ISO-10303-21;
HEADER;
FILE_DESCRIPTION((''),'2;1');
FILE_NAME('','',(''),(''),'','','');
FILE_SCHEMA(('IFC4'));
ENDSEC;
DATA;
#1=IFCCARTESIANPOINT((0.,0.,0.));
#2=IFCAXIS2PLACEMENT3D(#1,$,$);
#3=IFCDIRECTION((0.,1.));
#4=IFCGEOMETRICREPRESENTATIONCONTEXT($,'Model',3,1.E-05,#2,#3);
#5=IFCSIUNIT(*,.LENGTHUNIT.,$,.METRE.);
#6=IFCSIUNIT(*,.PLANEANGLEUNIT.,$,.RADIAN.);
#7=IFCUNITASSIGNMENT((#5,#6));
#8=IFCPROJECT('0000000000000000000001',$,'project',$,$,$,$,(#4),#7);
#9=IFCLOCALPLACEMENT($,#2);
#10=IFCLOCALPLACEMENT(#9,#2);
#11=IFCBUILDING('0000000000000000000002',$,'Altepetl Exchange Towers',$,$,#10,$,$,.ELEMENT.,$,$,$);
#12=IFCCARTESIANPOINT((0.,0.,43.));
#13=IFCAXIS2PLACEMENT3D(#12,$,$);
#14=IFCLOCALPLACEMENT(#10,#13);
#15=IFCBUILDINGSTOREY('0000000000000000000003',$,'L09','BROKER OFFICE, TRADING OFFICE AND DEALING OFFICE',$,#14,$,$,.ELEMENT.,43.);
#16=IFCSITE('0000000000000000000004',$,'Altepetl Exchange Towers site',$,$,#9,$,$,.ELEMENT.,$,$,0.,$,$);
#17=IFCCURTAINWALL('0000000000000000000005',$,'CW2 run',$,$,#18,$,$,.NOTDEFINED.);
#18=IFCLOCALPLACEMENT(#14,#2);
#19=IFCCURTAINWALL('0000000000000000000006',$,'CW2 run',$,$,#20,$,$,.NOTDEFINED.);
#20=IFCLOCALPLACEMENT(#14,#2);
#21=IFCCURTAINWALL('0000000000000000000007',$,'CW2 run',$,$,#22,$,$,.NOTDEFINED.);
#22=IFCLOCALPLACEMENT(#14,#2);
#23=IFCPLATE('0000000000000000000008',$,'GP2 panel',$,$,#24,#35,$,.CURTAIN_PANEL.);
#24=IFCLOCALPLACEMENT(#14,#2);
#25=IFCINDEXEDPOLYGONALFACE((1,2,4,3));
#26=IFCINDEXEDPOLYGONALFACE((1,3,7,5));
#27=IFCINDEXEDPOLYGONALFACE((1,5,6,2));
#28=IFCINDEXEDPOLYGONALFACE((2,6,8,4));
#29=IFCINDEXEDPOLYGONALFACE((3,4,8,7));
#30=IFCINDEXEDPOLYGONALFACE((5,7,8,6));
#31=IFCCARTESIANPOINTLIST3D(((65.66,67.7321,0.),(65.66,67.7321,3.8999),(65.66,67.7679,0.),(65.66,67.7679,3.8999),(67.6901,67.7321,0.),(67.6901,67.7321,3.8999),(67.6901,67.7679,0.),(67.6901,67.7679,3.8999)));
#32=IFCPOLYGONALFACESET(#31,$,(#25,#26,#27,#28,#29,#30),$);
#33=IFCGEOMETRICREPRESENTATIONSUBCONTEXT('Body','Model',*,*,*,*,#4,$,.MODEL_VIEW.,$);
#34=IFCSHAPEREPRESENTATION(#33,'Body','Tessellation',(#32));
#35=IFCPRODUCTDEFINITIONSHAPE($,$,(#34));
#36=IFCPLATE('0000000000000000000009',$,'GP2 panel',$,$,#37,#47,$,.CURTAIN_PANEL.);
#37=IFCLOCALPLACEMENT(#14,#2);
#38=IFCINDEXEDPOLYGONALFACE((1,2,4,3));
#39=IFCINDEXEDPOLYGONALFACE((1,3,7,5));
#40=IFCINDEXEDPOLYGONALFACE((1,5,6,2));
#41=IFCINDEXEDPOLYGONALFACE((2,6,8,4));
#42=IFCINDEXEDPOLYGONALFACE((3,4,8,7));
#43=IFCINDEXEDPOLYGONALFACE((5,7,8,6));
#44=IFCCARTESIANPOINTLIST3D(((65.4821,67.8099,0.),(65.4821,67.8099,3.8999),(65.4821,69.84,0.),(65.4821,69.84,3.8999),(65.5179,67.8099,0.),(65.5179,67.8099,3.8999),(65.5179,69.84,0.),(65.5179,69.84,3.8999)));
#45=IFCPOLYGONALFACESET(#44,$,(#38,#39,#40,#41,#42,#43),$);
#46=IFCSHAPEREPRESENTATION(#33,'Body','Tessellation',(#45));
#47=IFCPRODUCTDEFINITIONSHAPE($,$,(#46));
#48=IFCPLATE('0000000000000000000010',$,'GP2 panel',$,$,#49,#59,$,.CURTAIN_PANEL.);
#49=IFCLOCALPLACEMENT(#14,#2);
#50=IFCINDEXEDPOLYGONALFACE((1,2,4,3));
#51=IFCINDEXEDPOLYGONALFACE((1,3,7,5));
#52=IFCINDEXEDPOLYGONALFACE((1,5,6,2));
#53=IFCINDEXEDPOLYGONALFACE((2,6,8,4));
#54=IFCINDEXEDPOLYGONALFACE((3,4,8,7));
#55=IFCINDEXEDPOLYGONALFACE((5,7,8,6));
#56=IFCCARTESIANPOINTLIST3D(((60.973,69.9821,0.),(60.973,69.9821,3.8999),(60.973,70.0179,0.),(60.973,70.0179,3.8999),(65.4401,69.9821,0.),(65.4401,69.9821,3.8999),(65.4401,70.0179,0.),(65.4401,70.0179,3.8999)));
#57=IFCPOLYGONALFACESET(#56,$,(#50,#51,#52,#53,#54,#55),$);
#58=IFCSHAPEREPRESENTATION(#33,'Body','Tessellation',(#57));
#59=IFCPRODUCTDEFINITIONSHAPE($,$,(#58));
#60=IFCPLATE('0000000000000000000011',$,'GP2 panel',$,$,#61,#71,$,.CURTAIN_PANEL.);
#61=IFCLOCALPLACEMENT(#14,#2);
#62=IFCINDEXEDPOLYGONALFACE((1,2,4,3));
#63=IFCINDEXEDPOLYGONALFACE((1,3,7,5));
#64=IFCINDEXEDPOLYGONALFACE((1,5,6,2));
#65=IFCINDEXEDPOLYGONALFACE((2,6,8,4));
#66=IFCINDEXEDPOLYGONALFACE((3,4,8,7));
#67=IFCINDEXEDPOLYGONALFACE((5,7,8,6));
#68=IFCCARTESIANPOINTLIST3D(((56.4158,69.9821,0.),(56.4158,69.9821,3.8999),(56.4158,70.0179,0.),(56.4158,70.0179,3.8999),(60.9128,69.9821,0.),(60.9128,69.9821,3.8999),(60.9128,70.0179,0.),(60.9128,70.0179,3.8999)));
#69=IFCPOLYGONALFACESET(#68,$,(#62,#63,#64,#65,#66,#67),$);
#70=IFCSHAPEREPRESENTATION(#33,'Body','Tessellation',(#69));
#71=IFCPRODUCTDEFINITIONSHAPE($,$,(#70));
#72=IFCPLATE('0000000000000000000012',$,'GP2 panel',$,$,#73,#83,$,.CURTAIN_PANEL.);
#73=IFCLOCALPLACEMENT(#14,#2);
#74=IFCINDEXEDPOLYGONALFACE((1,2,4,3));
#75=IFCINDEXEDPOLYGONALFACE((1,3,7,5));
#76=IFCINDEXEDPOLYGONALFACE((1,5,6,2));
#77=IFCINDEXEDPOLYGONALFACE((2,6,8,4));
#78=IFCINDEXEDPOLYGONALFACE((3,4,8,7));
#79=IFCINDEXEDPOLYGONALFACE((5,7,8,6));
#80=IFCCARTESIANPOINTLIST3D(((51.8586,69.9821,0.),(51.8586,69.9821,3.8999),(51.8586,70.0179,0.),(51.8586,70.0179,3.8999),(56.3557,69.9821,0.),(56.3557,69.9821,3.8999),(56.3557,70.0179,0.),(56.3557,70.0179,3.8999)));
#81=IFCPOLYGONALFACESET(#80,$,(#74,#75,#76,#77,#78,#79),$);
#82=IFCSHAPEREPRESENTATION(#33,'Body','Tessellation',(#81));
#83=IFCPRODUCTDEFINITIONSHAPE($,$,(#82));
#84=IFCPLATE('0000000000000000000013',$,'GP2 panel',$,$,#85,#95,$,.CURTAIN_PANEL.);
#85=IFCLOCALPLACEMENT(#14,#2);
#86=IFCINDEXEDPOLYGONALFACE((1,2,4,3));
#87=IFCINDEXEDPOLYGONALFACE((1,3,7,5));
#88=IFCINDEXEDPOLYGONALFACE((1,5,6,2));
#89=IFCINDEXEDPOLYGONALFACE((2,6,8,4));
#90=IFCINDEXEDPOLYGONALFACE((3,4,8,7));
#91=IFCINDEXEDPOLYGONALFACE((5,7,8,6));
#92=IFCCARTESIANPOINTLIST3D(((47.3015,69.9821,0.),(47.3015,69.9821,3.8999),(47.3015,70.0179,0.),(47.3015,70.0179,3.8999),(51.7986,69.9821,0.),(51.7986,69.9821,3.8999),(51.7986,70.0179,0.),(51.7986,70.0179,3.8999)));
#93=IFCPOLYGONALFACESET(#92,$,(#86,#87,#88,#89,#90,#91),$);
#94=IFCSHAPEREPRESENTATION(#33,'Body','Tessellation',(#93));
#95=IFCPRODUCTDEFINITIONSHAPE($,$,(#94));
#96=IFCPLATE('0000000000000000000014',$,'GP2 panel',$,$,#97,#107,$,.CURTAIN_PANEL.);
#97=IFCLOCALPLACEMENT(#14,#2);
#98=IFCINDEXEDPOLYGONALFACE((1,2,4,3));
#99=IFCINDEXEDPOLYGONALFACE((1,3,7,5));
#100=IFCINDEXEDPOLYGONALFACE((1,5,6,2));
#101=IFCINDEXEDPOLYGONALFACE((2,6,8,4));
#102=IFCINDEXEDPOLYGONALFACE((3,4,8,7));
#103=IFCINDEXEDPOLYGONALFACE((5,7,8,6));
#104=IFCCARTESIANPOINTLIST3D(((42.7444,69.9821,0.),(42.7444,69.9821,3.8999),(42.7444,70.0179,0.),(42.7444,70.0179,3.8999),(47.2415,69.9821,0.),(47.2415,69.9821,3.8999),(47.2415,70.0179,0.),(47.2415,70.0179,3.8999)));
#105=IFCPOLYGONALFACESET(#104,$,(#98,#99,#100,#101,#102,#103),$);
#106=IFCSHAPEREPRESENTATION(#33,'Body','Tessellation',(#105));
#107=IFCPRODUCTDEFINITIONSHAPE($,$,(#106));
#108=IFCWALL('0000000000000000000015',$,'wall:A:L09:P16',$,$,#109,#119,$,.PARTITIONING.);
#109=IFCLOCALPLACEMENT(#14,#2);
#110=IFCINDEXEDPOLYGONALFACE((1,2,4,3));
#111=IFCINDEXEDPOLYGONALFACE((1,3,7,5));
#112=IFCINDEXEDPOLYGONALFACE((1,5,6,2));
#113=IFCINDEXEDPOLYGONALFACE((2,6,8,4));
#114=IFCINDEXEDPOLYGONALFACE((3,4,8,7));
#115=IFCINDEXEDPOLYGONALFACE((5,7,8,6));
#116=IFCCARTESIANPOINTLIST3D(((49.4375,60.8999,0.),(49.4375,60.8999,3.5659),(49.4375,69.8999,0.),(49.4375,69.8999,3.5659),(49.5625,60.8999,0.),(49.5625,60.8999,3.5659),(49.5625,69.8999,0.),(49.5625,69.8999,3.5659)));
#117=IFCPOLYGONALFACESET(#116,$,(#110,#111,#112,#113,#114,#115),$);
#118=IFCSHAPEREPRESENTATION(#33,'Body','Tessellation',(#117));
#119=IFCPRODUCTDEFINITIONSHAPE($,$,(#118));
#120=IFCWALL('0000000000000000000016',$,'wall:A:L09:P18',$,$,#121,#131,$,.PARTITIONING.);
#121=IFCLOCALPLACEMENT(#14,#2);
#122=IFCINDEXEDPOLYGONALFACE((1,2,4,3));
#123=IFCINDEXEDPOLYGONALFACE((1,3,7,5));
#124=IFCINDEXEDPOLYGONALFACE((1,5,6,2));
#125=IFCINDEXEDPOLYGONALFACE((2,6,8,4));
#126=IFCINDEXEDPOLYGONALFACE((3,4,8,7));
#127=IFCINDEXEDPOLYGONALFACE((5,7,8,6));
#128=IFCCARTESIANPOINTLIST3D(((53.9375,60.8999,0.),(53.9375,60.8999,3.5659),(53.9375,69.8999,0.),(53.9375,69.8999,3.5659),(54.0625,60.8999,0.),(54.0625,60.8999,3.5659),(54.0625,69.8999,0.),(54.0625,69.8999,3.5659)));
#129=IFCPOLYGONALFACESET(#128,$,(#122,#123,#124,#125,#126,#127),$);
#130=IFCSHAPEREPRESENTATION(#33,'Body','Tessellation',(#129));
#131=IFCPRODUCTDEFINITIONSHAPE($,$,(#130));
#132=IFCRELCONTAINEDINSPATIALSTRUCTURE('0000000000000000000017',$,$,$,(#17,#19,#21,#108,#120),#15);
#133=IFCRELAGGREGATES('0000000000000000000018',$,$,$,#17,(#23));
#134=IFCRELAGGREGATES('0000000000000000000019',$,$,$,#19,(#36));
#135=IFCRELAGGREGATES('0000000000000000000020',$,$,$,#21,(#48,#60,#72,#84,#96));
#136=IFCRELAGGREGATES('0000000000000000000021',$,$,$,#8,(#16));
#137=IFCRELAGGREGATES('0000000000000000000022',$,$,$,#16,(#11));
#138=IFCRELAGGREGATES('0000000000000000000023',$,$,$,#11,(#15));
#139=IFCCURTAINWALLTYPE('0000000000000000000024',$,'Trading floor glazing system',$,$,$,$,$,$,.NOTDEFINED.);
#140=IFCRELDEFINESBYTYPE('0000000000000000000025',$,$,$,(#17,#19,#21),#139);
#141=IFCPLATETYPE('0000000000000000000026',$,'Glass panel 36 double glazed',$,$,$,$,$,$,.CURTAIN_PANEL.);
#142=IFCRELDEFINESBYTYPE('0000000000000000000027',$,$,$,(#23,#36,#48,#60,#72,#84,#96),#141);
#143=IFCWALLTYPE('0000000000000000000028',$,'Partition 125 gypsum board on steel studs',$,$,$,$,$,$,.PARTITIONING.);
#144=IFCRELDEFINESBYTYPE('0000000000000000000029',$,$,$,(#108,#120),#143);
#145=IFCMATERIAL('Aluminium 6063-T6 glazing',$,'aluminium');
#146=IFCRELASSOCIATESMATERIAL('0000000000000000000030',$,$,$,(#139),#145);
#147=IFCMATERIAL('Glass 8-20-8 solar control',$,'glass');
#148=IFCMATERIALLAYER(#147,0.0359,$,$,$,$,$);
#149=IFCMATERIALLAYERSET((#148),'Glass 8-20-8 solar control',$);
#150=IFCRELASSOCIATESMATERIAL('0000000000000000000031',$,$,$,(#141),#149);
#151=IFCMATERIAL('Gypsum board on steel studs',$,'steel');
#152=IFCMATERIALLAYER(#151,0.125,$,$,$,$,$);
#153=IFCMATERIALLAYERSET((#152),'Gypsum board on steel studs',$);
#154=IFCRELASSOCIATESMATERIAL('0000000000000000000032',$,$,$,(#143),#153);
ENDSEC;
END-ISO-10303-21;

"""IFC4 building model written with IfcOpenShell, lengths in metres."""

from ifc_helpers import new_model, si_unit, direction, frame, frame_2d, origin, origin_2d, place, context, subcontext, project, spatial, rectangle, extrude, material, layer, layer_set, type_object, element, aggregate, save


model = new_model("IFC4")

# Units and contexts
model_context = context("Model", 3, precision=1e-05, world=origin(), true_north=direction((0.0, 1.0)))
body_context = subcontext(model_context, "Body", "Model", "MODEL_VIEW")
ifc_project = project(units=[si_unit("LENGTHUNIT", "METRE"), si_unit("PLANEANGLEUNIT", "RADIAN")], contexts=[model_context])

# Site, building, storey
site_placement = place(None, origin())
site = spatial("IfcSite", under=ifc_project, at=site_placement, Name="Altepetl Exchange Towers site", CompositionType="ELEMENT", RefElevation=0.0)
building_placement = place(site_placement, origin())
building = spatial("IfcBuilding", under=site, at=building_placement, Name="Altepetl Exchange Towers", CompositionType="ELEMENT")
storey_placement = place(building_placement, frame((0.0, 0.0, 43.0)))
storey = spatial("IfcBuildingStorey", under=building, at=storey_placement, Name="L09", Description="BROKER OFFICE, TRADING OFFICE AND DEALING OFFICE", CompositionType="ELEMENT", Elevation=43.0)

# Curtain walls
ifc_material_1 = material(Name="Aluminium 6063-T6 glazing", Category="aluminium")
curtain_wall_type = type_object("IfcCurtainWallType", Name="Trading floor glazing system", PredefinedType="NOTDEFINED", material=ifc_material_1)
curtain_wall_1_placement = place(storey_placement, origin())
curtain_wall_1 = element("IfcCurtainWall", 1, at=curtain_wall_1_placement, inside=storey, type_object=curtain_wall_type, Name="CW2 run", PredefinedType="NOTDEFINED")
curtain_wall_2_placement = place(storey_placement, origin())
curtain_wall_2 = element("IfcCurtainWall", 2, at=curtain_wall_2_placement, inside=storey, type_object=curtain_wall_type, Name="CW2 run", PredefinedType="NOTDEFINED")
curtain_wall_3_placement = place(storey_placement, origin())
curtain_wall_3 = element("IfcCurtainWall", 3, at=curtain_wall_3_placement, inside=storey, type_object=curtain_wall_type, Name="CW2 run", PredefinedType="NOTDEFINED")

# Plates
ifc_material_2 = material(Name="Glass 8-20-8 solar control", Category="glass")
ifc_layer_1 = layer(ifc_material_2, 0.0359)
ifc_layer_set_1 = layer_set([ifc_layer_1], Name="Glass 8-20-8 solar control")
plate_type = type_object("IfcPlateType", Name="Glass panel 36 double glazed", PredefinedType="CURTAIN_PANEL", material=ifc_layer_set_1)
plate_1_placement = place(storey_placement, frame((66.675, 67.75, 0.0), z_axis=(0.0, 0.0, 1.0), x_axis=(-1.0, 0.0, 0.0)))
plate_1 = element("IfcPlate", 4, at=plate_1_placement, type_object=plate_type, Name="GP2 panel", PredefinedType="CURTAIN_PANEL", context=body_context, shape_type="SweptSolid", body=[
    extrude(rectangle(XDim=2.03, YDim=0.0359, at=origin_2d()), origin(), (0.0, 0.0, 1.0), 3.8999),
])
aggregate(curtain_wall_1, [plate_1])
plate_2_placement = place(storey_placement, frame((65.5, 68.825, 0.0), z_axis=(0.0, 0.0, 1.0), x_axis=(0.0, 1.0, 0.0)))
plate_2 = element("IfcPlate", 5, at=plate_2_placement, type_object=plate_type, Name="GP2 panel", PredefinedType="CURTAIN_PANEL", context=body_context, shape_type="SweptSolid", body=[
    extrude(rectangle(XDim=2.03, YDim=0.0359, at=origin_2d()), origin(), (0.0, 0.0, 1.0), 3.8999),
])
aggregate(curtain_wall_2, [plate_2])
plate_3_placement = place(storey_placement, frame((63.2065, 70.0, 0.0), z_axis=(0.0, 0.0, 1.0), x_axis=(-1.0, 0.0, 0.0)))
plate_3 = element("IfcPlate", 6, at=plate_3_placement, type_object=plate_type, Name="GP2 panel", PredefinedType="CURTAIN_PANEL", context=body_context, shape_type="SweptSolid", body=[
    extrude(rectangle(XDim=4.467, YDim=0.0359, at=origin_2d()), origin(), (0.0, 0.0, 1.0), 3.8999),
])
plate_4_placement = place(storey_placement, frame((58.6643, 70.0, 0.0), z_axis=(0.0, 0.0, 1.0), x_axis=(-1.0, 0.0, 0.0)))
plate_4 = element("IfcPlate", 7, at=plate_4_placement, type_object=plate_type, Name="GP2 panel", PredefinedType="CURTAIN_PANEL", context=body_context, shape_type="SweptSolid", body=[
    extrude(rectangle(XDim=4.4971, YDim=0.0359, at=origin_2d()), origin(), (0.0, 0.0, 1.0), 3.8999),
])
plate_5_placement = place(storey_placement, frame((54.1072, 70.0, 0.0), z_axis=(0.0, 0.0, 1.0), x_axis=(-1.0, 0.0, 0.0)))
plate_5 = element("IfcPlate", 8, at=plate_5_placement, type_object=plate_type, Name="GP2 panel", PredefinedType="CURTAIN_PANEL", context=body_context, shape_type="SweptSolid", body=[
    extrude(rectangle(XDim=4.4971, YDim=0.0359, at=origin_2d()), origin(), (0.0, 0.0, 1.0), 3.8999),
])
plate_6_placement = place(storey_placement, frame((49.55, 70.0, 0.0), z_axis=(0.0, 0.0, 1.0), x_axis=(-1.0, 0.0, 0.0)))
plate_6 = element("IfcPlate", 9, at=plate_6_placement, type_object=plate_type, Name="GP2 panel", PredefinedType="CURTAIN_PANEL", context=body_context, shape_type="SweptSolid", body=[
    extrude(rectangle(XDim=4.4971, YDim=0.0359, at=origin_2d()), origin(), (0.0, 0.0, 1.0), 3.8999),
])
plate_7_placement = place(storey_placement, frame((44.9929, 70.0, 0.0), z_axis=(0.0, 0.0, 1.0), x_axis=(-1.0, 0.0, 0.0)))
plate_7 = element("IfcPlate", 10, at=plate_7_placement, type_object=plate_type, Name="GP2 panel", PredefinedType="CURTAIN_PANEL", context=body_context, shape_type="SweptSolid", body=[
    extrude(rectangle(XDim=4.4971, YDim=0.0359, at=origin_2d()), origin(), (0.0, 0.0, 1.0), 3.8999),
])
aggregate(curtain_wall_3, [plate_3, plate_4, plate_5, plate_6, plate_7])

# Walls
ifc_material_3 = material(Name="Gypsum board on steel studs", Category="steel")
ifc_layer_2 = layer(ifc_material_3, 0.125)
ifc_layer_set_2 = layer_set([ifc_layer_2], Name="Gypsum board on steel studs")
wall_type = type_object("IfcWallType", Name="Partition 125 gypsum board on steel studs", PredefinedType="PARTITIONING", material=ifc_layer_set_2)
for number, where, z_axis, x_axis, name in (
    (11, (49.5, 60.8999, 0.0), (0.0, 0.0, 1.0), (0.0, 1.0, 0.0), "wall:A:L09:P16"),
    (12, (54.0, 60.8999, 0.0), (0.0, 0.0, 1.0), (0.0, 1.0, 0.0), "wall:A:L09:P18"),
):
    element("IfcWall", number, at=place(storey_placement, frame(where, z_axis=z_axis, x_axis=x_axis)), inside=storey, type_object=wall_type, Name=name, PredefinedType="PARTITIONING", context=body_context, shape_type="SweptSolid", body=[
        extrude(rectangle(XDim=9.0, YDim=0.125, at=frame_2d((4.5, 0.0))), origin(), (0.0, 0.0, 1.0), 3.5659),
    ])

save(model, "model.ifc")
